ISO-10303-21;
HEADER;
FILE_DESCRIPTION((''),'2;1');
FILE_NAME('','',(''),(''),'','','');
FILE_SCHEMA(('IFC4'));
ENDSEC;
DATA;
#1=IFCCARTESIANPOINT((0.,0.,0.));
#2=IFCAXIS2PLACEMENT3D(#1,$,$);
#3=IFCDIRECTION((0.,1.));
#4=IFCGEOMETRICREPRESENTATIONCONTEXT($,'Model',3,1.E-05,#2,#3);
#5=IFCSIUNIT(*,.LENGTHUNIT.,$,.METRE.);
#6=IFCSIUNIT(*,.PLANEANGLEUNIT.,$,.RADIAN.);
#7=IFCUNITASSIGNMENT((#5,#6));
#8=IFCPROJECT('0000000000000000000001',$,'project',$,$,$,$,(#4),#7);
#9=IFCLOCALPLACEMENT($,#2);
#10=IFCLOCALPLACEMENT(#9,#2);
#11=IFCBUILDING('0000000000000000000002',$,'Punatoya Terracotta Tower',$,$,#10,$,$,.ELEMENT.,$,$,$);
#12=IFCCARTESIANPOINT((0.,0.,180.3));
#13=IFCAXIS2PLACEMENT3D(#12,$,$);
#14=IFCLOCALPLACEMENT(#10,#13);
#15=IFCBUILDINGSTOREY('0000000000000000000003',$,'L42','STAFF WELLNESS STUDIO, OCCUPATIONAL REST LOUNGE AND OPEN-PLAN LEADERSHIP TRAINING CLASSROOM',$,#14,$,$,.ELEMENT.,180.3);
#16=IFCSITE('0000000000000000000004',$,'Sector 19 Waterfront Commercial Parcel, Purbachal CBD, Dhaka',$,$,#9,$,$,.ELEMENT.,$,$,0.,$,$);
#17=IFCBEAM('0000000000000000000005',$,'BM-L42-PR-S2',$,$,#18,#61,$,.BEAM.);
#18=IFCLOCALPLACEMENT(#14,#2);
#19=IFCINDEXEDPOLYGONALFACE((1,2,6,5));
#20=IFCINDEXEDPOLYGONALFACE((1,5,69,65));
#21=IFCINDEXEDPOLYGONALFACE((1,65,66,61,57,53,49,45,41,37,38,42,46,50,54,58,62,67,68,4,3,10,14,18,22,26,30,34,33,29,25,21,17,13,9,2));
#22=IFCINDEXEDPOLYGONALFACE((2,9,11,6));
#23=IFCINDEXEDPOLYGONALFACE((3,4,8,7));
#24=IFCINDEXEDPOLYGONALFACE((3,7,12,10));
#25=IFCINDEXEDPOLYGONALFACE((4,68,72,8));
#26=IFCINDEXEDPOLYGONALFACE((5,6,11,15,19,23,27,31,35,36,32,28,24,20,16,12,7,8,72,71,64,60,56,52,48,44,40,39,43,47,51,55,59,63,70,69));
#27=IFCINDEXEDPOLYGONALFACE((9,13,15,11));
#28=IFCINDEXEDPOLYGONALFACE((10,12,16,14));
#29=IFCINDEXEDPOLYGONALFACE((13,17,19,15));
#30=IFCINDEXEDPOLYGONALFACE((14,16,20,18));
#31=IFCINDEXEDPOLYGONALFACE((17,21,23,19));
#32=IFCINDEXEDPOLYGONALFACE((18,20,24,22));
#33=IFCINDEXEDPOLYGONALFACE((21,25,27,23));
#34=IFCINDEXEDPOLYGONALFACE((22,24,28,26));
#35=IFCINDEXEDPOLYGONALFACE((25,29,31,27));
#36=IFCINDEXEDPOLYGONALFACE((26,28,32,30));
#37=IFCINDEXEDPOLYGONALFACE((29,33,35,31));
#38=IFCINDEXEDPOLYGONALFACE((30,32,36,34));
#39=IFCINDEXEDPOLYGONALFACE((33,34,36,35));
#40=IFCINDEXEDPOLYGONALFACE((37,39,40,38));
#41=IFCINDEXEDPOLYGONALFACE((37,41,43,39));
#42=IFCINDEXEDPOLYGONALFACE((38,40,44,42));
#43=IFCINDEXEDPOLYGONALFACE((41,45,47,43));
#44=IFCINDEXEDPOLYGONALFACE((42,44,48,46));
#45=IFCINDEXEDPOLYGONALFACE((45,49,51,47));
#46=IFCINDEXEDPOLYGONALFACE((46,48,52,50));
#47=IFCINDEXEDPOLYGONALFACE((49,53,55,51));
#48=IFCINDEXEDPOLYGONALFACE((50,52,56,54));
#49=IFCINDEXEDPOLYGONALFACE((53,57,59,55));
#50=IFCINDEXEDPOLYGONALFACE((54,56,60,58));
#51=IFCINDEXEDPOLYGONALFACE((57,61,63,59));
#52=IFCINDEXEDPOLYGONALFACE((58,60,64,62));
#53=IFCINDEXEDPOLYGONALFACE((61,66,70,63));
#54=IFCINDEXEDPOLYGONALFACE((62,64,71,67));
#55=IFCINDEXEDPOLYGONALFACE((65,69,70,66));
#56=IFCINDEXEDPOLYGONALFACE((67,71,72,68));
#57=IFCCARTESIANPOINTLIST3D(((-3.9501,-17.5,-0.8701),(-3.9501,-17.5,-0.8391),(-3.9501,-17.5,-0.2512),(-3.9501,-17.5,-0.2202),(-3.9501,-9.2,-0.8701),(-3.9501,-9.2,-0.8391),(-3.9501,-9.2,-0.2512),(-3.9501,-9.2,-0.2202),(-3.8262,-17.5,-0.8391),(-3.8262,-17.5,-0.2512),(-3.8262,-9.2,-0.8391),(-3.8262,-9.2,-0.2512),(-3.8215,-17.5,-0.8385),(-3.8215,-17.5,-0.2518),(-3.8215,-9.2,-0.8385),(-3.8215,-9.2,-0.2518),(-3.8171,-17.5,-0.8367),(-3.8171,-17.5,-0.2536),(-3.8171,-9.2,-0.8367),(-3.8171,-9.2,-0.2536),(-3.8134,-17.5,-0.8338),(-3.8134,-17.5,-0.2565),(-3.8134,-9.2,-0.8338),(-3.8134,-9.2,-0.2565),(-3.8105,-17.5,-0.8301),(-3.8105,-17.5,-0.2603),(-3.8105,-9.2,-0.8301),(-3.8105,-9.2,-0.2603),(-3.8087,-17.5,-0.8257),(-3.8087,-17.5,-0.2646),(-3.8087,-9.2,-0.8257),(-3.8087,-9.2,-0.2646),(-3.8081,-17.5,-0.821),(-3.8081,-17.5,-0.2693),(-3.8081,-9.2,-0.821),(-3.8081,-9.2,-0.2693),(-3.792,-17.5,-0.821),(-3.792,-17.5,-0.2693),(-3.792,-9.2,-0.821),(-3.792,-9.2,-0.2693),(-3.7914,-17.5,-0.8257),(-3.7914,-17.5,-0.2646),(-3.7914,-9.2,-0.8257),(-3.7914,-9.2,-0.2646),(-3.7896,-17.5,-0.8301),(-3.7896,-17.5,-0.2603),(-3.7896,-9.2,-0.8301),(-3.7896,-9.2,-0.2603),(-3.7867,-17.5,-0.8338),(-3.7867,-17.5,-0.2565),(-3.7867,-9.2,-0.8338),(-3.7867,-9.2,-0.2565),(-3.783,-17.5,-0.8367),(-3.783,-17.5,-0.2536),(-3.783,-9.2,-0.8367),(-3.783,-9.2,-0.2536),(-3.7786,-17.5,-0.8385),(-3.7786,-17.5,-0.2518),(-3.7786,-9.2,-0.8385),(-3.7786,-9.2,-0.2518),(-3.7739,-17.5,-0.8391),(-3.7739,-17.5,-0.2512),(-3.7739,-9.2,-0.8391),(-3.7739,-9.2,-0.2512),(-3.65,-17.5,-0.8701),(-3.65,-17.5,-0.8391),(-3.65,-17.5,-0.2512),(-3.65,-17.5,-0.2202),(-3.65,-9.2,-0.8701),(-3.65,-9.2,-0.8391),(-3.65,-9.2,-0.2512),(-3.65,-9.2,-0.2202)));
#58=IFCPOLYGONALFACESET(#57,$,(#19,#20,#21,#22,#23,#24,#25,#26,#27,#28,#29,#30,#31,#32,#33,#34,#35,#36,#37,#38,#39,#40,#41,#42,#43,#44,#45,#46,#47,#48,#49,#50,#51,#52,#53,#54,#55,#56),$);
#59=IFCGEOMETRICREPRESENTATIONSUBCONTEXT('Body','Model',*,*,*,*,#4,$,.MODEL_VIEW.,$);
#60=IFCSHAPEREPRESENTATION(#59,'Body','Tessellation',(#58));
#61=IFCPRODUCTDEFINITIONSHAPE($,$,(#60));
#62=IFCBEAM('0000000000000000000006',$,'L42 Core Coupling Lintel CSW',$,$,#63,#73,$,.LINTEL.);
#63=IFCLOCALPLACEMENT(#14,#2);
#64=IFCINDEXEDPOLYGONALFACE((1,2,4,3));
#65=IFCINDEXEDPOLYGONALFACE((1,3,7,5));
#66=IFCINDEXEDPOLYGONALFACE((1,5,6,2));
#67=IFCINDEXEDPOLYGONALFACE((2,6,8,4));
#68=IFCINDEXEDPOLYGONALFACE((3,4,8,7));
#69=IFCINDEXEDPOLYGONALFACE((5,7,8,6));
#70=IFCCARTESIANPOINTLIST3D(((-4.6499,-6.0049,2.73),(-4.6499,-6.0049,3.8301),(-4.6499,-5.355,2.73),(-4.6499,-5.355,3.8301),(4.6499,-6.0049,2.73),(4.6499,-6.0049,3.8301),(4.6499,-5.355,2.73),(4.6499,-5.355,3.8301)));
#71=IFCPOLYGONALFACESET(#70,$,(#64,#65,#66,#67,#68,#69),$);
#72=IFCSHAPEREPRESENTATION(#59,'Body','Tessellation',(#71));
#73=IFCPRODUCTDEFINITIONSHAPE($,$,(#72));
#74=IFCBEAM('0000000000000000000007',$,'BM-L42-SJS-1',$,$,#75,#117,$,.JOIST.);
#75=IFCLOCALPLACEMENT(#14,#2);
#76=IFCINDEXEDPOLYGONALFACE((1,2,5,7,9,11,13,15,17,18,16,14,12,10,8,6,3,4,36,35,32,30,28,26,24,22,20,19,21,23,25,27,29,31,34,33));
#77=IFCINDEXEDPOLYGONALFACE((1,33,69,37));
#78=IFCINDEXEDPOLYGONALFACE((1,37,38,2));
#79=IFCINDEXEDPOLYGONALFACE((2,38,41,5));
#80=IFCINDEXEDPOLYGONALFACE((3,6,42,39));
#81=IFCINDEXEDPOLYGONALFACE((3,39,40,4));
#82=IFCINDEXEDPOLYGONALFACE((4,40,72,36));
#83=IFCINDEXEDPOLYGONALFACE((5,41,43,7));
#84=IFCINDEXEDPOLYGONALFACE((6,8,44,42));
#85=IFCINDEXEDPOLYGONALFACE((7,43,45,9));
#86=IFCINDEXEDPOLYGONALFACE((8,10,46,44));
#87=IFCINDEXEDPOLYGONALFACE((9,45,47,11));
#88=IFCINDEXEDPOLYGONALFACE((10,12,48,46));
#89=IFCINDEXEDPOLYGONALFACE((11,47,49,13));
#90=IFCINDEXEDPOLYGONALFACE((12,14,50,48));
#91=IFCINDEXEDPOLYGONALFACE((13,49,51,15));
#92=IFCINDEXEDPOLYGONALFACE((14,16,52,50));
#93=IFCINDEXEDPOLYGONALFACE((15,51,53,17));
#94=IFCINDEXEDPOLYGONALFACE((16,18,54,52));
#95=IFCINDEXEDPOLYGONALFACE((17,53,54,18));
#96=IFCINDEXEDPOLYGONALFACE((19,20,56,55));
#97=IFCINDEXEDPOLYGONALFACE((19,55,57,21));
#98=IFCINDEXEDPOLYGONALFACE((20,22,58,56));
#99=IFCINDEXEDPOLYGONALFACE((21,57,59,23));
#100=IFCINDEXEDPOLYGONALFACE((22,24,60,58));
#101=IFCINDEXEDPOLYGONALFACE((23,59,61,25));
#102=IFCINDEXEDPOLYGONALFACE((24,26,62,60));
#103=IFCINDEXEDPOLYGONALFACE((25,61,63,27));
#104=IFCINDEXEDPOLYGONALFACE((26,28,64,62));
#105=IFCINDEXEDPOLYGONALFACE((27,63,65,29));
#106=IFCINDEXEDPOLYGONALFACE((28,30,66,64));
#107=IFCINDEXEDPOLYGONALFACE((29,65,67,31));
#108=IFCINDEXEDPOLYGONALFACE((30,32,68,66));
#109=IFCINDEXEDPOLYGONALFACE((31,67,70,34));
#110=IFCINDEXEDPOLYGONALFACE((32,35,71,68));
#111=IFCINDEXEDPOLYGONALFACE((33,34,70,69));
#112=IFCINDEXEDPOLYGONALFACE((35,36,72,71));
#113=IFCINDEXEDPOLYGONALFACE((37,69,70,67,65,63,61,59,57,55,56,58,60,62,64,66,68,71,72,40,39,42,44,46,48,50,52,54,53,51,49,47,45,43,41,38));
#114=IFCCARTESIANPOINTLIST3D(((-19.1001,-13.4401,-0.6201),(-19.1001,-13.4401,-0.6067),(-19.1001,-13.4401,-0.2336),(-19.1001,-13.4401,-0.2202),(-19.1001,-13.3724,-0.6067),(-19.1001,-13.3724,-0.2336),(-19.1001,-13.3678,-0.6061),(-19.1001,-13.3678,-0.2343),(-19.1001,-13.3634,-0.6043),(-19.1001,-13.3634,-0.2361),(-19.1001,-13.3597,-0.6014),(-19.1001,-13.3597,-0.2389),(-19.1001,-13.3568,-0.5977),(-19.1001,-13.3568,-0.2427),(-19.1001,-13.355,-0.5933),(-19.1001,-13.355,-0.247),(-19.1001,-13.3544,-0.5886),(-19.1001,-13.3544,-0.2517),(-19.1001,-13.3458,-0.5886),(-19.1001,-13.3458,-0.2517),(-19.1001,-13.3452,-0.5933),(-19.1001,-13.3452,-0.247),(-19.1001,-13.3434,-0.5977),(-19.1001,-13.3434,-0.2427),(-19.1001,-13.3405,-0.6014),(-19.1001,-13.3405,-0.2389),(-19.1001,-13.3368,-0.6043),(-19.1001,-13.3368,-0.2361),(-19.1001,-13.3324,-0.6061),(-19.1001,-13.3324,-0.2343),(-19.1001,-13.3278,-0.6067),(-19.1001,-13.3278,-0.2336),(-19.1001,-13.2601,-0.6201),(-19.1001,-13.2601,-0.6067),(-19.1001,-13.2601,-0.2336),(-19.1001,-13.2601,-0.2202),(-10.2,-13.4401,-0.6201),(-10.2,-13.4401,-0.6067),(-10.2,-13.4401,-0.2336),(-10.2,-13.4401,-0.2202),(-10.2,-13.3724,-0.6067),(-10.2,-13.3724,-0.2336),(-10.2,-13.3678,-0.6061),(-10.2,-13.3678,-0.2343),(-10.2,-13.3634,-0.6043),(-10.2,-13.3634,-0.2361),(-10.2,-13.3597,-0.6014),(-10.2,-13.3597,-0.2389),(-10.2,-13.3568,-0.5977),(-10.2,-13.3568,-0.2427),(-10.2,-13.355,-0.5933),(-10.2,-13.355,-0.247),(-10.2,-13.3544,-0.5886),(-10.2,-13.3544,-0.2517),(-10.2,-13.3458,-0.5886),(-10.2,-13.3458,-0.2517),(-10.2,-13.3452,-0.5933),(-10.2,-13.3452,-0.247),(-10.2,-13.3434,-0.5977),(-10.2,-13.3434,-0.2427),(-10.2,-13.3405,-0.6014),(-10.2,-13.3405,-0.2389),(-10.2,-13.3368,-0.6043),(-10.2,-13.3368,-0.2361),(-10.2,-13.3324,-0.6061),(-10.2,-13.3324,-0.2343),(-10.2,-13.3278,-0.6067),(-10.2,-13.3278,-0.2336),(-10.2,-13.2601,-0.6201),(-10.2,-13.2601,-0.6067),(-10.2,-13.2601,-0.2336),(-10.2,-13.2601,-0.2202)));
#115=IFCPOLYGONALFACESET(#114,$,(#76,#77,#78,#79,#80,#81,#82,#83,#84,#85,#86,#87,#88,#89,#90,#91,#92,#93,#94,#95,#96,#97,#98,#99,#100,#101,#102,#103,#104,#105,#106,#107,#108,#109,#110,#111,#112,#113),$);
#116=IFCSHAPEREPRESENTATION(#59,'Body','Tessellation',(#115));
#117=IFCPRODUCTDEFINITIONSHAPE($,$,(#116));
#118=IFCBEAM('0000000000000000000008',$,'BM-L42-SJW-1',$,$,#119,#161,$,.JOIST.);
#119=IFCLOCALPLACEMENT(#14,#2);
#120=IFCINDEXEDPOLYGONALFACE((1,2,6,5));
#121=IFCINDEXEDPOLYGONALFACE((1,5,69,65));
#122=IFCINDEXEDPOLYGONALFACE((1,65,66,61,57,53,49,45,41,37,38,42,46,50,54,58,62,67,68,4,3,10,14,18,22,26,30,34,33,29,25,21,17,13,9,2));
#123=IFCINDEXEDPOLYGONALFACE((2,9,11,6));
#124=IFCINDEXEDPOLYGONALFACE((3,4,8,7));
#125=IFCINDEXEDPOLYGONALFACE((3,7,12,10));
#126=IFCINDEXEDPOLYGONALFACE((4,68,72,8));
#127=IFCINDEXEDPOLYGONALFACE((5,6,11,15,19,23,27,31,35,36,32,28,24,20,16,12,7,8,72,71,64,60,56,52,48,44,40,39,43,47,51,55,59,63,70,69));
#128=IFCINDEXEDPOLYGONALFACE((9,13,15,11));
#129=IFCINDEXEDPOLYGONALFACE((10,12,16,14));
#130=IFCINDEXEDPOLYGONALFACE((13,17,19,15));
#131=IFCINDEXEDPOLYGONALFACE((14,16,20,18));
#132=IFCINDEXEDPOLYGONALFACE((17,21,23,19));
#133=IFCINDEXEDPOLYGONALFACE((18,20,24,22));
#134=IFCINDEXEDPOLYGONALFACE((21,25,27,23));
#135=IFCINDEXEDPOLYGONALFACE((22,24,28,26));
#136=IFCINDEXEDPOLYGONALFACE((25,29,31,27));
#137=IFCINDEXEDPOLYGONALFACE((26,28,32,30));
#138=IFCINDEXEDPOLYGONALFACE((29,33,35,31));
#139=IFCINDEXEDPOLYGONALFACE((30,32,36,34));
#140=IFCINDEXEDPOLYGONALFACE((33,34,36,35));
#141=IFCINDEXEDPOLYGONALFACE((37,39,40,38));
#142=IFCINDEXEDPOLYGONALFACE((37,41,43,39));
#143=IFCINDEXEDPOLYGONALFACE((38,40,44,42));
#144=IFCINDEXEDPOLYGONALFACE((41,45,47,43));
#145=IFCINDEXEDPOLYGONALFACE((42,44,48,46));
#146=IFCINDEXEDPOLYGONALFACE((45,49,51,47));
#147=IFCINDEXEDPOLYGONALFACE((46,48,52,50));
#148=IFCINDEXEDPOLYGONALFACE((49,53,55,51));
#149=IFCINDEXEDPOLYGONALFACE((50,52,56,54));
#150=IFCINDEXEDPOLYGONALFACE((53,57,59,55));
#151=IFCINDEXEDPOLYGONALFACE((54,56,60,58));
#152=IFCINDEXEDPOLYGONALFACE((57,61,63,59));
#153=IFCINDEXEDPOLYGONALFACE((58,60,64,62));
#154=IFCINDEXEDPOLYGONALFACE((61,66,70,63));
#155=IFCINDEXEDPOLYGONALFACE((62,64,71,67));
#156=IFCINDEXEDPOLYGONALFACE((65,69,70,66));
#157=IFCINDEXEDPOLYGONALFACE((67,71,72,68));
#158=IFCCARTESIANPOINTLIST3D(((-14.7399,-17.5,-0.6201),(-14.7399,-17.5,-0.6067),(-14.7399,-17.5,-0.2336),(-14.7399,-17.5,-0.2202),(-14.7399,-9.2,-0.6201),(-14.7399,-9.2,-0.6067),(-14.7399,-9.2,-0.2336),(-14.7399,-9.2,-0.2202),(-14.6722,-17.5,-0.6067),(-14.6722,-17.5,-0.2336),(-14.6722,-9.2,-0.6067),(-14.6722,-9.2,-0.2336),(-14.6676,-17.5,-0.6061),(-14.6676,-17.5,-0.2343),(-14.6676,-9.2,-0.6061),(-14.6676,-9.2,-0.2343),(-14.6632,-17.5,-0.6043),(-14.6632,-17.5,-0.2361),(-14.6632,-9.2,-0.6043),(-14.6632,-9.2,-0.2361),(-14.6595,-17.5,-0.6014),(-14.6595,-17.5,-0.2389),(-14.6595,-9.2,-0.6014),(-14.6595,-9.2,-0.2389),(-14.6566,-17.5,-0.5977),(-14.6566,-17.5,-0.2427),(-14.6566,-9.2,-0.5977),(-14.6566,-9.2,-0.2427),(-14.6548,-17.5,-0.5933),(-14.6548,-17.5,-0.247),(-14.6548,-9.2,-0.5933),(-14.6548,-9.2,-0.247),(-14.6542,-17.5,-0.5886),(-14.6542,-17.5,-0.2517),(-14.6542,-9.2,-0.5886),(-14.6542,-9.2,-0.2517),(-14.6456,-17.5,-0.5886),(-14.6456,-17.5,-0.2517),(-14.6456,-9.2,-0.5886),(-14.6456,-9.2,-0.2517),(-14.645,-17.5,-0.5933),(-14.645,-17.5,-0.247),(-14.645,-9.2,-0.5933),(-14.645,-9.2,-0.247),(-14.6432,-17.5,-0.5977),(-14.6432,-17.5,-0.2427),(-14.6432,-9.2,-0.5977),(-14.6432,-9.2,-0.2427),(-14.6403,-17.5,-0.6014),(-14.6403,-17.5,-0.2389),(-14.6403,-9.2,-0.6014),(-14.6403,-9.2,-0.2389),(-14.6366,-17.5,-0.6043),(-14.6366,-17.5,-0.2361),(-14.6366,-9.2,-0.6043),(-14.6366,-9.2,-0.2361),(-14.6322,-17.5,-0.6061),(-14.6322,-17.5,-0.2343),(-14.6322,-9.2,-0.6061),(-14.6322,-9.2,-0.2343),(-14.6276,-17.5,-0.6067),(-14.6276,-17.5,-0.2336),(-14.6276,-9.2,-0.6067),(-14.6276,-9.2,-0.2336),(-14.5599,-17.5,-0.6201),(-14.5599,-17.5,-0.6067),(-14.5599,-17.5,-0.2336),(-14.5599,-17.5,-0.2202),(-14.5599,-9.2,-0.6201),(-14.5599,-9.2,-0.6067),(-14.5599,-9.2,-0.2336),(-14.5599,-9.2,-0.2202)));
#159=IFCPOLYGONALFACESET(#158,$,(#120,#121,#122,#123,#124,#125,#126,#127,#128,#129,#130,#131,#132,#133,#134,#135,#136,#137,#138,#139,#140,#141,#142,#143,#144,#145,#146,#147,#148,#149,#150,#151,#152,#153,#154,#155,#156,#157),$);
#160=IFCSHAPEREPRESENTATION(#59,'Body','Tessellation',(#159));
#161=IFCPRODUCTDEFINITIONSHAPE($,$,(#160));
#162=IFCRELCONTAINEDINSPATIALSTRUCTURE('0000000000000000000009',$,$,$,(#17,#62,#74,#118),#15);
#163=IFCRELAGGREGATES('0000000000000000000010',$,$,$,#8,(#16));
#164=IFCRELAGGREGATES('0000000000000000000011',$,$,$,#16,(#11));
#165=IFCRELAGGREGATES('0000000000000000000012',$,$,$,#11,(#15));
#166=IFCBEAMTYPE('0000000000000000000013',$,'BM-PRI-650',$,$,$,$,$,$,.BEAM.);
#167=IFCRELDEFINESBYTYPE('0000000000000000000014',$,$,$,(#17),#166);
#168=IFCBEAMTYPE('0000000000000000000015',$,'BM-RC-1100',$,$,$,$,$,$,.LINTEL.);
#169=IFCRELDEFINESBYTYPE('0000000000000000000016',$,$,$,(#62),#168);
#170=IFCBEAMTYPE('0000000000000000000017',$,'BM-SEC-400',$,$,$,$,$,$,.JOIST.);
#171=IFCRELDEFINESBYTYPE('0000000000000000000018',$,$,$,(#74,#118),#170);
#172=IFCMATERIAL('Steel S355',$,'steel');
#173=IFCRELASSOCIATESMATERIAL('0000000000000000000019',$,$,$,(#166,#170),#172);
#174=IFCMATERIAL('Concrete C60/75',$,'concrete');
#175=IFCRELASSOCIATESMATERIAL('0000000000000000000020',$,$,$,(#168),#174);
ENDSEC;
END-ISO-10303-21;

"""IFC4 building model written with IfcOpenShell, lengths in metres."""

from ifc_helpers import new_model, si_unit, direction, frame, origin, origin_2d, place, context, subcontext, project, spatial, rectangle, i_section, extrude, material, material_profile, profile_set, type_object, element, save


model = new_model("IFC4")

# Units and contexts
model_context = context("Model", 3, precision=1e-05, world=origin(), true_north=direction((0.0, 1.0)))
body_context = subcontext(model_context, "Body", "Model", "MODEL_VIEW")
ifc_project = project(units=[si_unit("LENGTHUNIT", "METRE"), si_unit("PLANEANGLEUNIT", "RADIAN")], contexts=[model_context])

# Site, building, storey
site_placement = place(None, origin())
site = spatial("IfcSite", under=ifc_project, at=site_placement, Name="Sector 19 Waterfront Commercial Parcel, Purbachal CBD, Dhaka", CompositionType="ELEMENT", RefElevation=0.0)
building_placement = place(site_placement, origin())
building = spatial("IfcBuilding", under=site, at=building_placement, Name="Punatoya Terracotta Tower", CompositionType="ELEMENT")
storey_placement = place(building_placement, frame((0.0, 0.0, 180.3)))
storey = spatial("IfcBuildingStorey", under=building, at=storey_placement, Name="L42", Description="STAFF WELLNESS STUDIO, OCCUPATIONAL REST LOUNGE AND OPEN-PLAN LEADERSHIP TRAINING CLASSROOM", CompositionType="ELEMENT", Elevation=180.3)

# Beams
ifc_material_1 = material(Name="Steel S355", Category="steel")
ifc_material_profile_1 = material_profile(ifc_material_1, i_section(OverallWidth=0.3, OverallDepth=0.6499, WebThickness=0.0161, FlangeThickness=0.031, FilletRadius=0.0181, at=origin_2d()))
ifc_profile_set_1 = profile_set([ifc_material_profile_1], Name="Steel S355")
beam_type_1 = type_object("IfcBeamType", Name="BM-PRI-650", PredefinedType="BEAM", material=ifc_profile_set_1)
for number, where, z_axis, x_axis, name in (
    (1, (-3.8, -17.5, -0.5452), (0.0, 1.0, 0.0), (-1.0, 0.0, 0.0), "BM-L42-PR-S2"),
):
    element("IfcBeam", number, at=place(storey_placement, frame(where, z_axis=z_axis, x_axis=x_axis)), inside=storey, type_object=beam_type_1, Name=name, PredefinedType="BEAM", context=body_context, shape_type="SweptSolid", body=[
        extrude(i_section(OverallWidth=0.3, OverallDepth=0.6499, WebThickness=0.0161, FlangeThickness=0.031, FilletRadius=0.0181, at=origin_2d()), origin(), (0.0, 0.0, 1.0), 8.3),
    ])
ifc_material_2 = material(Name="Concrete C60/75", Category="concrete")
ifc_material_profile_2 = material_profile(ifc_material_2, rectangle(XDim=0.6499, YDim=1.1001, at=origin_2d()))
ifc_profile_set_2 = profile_set([ifc_material_profile_2], Name="Concrete C60/75")
beam_type_2 = type_object("IfcBeamType", Name="BM-RC-1100", PredefinedType="LINTEL", material=ifc_profile_set_2)
beam_1_placement = place(storey_placement, frame((-4.6499, -5.6799, 3.28), z_axis=(1.0, 0.0, 0.0), x_axis=(0.0, 1.0, 0.0)))
element("IfcBeam", 2, at=beam_1_placement, inside=storey, type_object=beam_type_2, Name="L42 Core Coupling Lintel CSW", PredefinedType="LINTEL", context=body_context, shape_type="SweptSolid", body=[
    extrude(rectangle(XDim=0.6499, YDim=1.1001, at=origin_2d()), origin(), (0.0, 0.0, 1.0), 9.2998),
])
ifc_material_profile_3 = material_profile(ifc_material_1, i_section(OverallWidth=0.1799, OverallDepth=0.3999, WebThickness=0.0085, FlangeThickness=0.0134, FilletRadius=0.0181, at=origin_2d()))
ifc_profile_set_3 = profile_set([ifc_material_profile_3], Name="Steel S355")
beam_type_3 = type_object("IfcBeamType", Name="BM-SEC-400", PredefinedType="JOIST", material=ifc_profile_set_3)
beam_2_placement = place(storey_placement, frame((-19.1001, -13.3501, -0.4202), z_axis=(1.0, 0.0, 0.0), x_axis=(0.0, 1.0, 0.0)))
element("IfcBeam", 3, at=beam_2_placement, inside=storey, type_object=beam_type_3, Name="BM-L42-SJS-1", PredefinedType="JOIST", context=body_context, shape_type="SweptSolid", body=[
    extrude(i_section(OverallWidth=0.1799, OverallDepth=0.3999, WebThickness=0.0085, FlangeThickness=0.0134, FilletRadius=0.0181, at=origin_2d()), origin(), (0.0, 0.0, 1.0), 8.9001),
])
beam_3_placement = place(storey_placement, frame((-14.6499, -17.5, -0.4202), z_axis=(0.0, 1.0, 0.0), x_axis=(-1.0, 0.0, 0.0)))
element("IfcBeam", 4, at=beam_3_placement, inside=storey, type_object=beam_type_3, Name="BM-L42-SJW-1", PredefinedType="JOIST", context=body_context, shape_type="SweptSolid", body=[
    extrude(i_section(OverallWidth=0.1799, OverallDepth=0.3999, WebThickness=0.0085, FlangeThickness=0.0134, FilletRadius=0.0181, at=origin_2d()), origin(), (0.0, 0.0, 1.0), 8.3),
])

save(model, "model.ifc")
